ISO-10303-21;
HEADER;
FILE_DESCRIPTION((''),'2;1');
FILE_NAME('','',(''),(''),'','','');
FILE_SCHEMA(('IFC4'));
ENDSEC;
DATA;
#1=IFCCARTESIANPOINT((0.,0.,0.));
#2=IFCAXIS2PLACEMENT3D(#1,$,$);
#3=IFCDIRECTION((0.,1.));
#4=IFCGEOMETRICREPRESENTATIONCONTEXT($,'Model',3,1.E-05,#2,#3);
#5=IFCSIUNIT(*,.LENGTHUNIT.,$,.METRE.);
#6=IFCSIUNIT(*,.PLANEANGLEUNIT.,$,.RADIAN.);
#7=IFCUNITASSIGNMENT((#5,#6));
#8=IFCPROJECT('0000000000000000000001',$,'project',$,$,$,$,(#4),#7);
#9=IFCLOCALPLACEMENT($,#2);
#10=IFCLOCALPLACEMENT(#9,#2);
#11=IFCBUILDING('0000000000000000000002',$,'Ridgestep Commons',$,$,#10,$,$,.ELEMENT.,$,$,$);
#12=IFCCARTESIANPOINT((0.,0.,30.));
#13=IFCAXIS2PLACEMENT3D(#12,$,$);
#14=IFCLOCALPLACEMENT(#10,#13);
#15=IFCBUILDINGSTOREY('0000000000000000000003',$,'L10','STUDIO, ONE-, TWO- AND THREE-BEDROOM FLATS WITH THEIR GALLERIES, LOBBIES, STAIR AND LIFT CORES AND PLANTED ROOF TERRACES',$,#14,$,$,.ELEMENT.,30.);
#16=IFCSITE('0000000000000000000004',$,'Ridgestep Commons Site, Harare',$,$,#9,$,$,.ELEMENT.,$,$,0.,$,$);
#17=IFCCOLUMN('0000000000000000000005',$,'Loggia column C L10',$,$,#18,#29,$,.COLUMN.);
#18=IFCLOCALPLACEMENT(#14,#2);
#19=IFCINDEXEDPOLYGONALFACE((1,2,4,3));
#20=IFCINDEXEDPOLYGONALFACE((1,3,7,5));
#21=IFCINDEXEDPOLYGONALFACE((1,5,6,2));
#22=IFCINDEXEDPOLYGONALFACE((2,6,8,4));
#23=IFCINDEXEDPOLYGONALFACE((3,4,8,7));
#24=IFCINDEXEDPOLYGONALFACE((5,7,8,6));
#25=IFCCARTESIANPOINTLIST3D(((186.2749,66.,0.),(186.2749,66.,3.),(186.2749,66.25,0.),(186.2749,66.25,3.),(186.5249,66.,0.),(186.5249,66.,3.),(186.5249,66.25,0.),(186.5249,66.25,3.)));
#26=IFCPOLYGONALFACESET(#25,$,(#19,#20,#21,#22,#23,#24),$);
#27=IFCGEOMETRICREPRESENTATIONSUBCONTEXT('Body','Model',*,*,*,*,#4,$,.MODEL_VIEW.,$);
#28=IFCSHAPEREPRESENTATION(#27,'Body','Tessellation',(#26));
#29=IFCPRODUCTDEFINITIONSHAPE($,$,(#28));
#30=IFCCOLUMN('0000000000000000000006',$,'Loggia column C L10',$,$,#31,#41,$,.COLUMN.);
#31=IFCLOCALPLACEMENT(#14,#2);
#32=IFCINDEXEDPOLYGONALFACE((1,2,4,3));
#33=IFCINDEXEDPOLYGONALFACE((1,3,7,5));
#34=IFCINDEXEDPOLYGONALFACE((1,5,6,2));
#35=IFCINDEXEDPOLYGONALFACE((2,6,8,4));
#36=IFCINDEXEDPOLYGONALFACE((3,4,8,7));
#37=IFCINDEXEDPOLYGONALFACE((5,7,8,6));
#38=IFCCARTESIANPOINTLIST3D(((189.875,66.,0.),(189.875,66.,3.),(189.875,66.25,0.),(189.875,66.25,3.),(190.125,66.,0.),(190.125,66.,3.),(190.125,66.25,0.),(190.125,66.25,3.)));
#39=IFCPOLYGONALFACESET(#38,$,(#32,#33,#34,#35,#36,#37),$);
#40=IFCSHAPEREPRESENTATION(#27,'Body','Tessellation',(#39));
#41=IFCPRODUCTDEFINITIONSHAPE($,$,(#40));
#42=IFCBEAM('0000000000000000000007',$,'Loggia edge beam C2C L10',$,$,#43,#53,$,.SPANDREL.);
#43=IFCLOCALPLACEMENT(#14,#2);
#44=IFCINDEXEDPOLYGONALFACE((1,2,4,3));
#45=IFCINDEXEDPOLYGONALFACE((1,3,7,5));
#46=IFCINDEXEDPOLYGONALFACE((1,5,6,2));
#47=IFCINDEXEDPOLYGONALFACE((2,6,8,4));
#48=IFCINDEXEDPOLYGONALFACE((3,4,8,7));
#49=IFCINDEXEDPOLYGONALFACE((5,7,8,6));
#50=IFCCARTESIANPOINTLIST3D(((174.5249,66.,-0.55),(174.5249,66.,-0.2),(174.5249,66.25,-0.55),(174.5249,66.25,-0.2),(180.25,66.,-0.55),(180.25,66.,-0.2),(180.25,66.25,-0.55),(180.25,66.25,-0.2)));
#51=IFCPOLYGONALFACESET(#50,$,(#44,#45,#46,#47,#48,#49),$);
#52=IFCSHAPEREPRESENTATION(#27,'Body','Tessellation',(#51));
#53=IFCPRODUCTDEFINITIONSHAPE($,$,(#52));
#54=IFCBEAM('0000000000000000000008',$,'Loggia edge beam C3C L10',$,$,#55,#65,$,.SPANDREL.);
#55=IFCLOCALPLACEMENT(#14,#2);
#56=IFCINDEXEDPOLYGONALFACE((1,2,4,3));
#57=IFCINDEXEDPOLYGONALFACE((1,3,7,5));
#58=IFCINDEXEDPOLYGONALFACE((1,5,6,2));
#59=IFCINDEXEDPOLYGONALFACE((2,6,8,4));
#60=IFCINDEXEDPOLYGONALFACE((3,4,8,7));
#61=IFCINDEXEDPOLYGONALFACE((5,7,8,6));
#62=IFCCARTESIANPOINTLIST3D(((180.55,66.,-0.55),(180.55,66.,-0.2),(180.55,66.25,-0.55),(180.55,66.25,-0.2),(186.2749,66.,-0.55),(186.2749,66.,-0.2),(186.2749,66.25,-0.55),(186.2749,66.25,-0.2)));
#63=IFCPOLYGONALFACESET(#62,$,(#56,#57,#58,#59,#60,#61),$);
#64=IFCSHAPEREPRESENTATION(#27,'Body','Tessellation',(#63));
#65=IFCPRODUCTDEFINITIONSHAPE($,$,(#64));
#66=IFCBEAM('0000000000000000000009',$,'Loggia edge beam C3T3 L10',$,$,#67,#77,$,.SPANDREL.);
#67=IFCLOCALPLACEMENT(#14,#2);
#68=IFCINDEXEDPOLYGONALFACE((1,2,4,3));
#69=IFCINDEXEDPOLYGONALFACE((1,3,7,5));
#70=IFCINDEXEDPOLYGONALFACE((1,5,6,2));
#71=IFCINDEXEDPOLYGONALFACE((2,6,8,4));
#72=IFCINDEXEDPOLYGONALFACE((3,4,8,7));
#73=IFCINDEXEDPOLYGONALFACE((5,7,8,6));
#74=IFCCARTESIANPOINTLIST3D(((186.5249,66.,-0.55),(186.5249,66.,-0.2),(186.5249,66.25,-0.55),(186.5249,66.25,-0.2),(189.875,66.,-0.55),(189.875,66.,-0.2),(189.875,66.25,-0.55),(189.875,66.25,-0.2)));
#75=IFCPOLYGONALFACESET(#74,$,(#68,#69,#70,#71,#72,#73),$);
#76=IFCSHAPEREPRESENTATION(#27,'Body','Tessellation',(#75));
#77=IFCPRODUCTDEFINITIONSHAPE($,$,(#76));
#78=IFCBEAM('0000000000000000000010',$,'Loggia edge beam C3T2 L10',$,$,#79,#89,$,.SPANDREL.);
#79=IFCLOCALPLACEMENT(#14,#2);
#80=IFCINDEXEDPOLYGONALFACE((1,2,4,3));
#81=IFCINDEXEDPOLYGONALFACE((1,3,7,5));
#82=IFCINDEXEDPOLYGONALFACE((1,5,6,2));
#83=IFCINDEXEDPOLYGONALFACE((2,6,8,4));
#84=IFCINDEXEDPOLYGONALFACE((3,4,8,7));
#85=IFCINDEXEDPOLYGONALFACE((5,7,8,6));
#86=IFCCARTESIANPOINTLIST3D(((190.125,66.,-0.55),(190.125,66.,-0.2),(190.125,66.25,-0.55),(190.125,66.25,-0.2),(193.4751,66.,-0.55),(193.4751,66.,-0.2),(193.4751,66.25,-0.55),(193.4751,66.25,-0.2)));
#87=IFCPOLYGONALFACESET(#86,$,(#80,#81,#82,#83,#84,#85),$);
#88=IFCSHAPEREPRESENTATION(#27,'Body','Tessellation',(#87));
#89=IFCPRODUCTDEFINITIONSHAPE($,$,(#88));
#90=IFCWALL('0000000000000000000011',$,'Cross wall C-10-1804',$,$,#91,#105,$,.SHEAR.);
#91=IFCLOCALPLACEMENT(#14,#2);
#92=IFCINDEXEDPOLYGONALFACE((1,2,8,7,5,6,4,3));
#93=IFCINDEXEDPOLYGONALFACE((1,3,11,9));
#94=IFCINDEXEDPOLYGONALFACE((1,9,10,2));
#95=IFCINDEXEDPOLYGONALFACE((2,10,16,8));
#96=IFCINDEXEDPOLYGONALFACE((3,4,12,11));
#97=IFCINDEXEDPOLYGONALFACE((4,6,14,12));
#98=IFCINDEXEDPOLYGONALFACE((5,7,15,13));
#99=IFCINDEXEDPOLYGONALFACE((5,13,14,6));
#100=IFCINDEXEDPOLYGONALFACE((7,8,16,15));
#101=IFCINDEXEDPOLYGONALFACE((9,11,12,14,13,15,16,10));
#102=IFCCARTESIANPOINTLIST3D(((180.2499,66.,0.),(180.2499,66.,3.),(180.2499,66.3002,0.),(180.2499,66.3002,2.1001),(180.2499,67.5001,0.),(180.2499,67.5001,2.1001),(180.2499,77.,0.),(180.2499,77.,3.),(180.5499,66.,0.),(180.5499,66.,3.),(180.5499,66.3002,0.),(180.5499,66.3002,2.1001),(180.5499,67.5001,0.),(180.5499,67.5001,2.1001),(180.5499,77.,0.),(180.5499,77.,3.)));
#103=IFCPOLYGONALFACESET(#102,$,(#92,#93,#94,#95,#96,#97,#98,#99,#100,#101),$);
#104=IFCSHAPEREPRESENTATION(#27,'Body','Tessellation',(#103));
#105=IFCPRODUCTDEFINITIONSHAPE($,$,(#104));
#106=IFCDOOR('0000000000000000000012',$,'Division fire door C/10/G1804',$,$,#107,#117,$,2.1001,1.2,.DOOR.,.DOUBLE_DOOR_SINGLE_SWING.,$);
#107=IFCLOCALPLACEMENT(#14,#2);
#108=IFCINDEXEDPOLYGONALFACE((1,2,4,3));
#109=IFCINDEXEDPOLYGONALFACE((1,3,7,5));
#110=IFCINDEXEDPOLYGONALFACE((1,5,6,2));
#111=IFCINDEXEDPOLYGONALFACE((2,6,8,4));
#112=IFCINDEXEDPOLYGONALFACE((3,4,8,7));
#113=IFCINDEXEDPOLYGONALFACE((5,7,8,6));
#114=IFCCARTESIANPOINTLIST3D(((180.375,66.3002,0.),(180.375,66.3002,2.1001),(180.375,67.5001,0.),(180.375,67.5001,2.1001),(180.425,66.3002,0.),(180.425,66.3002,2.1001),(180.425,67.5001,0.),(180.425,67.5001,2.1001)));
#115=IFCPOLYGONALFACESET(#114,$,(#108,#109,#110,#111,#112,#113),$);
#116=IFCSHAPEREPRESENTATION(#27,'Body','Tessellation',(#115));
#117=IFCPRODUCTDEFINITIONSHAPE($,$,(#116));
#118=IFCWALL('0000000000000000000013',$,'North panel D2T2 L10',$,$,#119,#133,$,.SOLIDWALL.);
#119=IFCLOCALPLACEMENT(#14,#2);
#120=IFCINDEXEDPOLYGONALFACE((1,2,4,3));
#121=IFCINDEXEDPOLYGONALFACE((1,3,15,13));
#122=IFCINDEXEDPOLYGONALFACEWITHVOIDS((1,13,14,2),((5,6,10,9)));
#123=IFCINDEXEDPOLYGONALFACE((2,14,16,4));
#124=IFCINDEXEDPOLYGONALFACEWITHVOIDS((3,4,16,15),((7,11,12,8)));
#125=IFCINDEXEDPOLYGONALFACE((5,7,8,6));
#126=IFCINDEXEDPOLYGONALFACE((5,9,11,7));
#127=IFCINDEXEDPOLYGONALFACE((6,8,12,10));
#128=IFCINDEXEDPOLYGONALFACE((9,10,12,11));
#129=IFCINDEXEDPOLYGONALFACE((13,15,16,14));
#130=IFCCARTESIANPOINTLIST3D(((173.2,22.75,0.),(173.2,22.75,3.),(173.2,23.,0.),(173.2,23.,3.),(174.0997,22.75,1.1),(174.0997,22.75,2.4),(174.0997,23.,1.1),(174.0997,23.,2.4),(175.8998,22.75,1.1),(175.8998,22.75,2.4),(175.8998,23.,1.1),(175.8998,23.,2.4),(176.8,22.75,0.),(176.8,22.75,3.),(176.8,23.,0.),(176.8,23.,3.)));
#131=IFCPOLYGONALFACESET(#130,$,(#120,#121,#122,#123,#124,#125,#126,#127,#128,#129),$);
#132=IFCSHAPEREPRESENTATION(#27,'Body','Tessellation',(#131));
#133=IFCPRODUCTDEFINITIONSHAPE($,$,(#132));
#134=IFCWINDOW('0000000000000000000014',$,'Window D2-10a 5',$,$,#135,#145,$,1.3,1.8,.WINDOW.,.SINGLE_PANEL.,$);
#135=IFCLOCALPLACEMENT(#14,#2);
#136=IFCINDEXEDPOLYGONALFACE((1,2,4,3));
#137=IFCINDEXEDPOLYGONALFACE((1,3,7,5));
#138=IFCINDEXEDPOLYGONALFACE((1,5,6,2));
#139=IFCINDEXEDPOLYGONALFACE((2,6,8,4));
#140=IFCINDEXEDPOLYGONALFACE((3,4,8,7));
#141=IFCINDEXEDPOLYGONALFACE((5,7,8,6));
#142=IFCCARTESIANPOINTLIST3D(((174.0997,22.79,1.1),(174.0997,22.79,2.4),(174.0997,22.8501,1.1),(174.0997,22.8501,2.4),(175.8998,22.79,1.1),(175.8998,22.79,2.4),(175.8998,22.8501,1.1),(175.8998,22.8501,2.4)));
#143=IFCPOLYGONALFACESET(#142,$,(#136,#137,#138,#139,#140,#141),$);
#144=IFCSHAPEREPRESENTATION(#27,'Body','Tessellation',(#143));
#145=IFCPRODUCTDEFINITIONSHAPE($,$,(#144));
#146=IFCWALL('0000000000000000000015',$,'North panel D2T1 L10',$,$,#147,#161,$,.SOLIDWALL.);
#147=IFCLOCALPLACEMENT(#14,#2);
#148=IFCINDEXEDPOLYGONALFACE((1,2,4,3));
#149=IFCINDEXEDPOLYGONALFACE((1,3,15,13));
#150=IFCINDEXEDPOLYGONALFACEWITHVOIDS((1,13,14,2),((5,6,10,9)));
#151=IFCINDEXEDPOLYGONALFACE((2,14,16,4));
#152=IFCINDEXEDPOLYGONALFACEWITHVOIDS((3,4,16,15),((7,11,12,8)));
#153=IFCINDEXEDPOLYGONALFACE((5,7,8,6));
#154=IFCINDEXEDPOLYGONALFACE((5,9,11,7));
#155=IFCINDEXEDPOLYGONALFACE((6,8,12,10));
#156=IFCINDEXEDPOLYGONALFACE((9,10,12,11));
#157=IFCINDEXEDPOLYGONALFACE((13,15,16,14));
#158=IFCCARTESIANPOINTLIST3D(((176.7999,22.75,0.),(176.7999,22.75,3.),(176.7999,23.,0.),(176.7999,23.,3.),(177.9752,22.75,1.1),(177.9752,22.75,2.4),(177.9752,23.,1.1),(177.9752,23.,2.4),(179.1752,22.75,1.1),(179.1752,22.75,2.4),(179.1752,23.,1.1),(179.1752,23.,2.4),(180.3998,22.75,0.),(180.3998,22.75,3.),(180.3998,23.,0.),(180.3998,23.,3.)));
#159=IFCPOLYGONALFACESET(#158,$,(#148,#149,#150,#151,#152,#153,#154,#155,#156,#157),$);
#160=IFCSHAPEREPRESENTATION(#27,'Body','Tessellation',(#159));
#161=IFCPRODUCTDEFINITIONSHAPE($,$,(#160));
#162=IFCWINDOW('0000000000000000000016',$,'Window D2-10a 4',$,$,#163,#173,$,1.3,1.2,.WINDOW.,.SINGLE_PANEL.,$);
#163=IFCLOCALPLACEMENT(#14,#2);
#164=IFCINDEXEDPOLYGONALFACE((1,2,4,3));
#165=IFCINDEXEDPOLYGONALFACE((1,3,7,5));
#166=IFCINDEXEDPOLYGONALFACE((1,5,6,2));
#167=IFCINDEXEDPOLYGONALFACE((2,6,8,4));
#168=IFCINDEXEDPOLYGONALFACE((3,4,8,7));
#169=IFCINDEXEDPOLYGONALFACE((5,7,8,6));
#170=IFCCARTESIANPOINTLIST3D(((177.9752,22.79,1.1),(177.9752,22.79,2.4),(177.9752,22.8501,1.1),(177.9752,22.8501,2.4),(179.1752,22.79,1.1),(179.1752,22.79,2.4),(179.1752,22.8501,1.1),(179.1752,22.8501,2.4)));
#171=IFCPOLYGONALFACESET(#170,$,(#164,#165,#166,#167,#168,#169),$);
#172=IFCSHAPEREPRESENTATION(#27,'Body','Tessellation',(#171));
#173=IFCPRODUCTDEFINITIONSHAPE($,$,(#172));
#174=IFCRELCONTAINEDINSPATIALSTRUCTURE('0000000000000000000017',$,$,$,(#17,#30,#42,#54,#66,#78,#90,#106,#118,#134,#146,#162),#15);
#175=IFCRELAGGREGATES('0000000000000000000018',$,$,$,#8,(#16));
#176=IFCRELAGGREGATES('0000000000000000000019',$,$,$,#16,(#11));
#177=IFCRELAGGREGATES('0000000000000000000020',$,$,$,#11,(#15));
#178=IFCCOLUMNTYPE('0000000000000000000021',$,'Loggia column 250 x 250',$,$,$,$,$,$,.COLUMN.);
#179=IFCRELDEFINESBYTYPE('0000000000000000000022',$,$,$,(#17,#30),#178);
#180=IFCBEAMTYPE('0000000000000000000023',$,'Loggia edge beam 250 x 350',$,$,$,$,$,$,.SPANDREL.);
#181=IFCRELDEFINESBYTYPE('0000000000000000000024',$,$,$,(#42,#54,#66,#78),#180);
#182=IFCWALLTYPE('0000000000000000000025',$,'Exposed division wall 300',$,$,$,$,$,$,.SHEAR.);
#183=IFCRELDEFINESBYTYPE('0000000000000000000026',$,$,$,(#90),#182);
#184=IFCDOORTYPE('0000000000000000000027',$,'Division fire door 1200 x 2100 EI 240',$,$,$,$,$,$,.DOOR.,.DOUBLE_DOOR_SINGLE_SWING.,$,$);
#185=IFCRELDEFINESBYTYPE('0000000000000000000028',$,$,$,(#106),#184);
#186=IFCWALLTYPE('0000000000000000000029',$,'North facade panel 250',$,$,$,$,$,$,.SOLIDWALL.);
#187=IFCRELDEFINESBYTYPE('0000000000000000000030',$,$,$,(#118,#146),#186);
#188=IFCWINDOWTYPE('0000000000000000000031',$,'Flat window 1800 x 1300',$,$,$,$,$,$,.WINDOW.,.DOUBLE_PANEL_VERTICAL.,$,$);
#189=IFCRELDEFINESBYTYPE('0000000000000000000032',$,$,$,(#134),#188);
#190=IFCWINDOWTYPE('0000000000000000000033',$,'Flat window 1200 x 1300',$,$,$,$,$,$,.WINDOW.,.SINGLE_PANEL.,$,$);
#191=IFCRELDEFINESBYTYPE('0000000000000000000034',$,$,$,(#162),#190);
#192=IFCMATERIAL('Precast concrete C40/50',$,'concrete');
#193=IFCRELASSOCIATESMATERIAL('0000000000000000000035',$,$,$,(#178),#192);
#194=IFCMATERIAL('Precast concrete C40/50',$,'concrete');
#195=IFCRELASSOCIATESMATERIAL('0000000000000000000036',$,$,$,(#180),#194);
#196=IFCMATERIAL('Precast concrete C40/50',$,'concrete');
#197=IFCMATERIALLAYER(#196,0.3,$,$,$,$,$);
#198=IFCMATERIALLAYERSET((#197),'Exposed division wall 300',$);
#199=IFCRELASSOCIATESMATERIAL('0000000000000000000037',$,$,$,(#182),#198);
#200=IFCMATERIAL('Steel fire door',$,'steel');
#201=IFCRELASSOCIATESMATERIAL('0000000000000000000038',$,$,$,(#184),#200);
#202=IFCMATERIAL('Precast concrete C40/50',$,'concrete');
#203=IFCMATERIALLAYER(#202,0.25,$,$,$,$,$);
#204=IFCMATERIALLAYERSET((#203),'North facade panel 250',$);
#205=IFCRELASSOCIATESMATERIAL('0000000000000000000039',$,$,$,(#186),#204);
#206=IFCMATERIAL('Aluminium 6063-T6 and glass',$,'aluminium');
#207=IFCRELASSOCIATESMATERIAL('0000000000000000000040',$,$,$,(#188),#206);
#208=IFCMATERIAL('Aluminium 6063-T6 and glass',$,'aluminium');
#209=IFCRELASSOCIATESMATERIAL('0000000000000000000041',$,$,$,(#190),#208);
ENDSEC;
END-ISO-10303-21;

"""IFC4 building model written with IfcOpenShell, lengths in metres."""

from ifc_helpers import new_model, si_unit, direction, frame, frame_2d, origin, origin_2d, place, context, subcontext, project, spatial, rectangle, extrude, material, layer, layer_set, material_profile, profile_set, type_object, element, fill, save


model = new_model("IFC4")

# Units and contexts
model_context = context("Model", 3, precision=1e-05, world=origin(), true_north=direction((0.0, 1.0)))
body_context = subcontext(model_context, "Body", "Model", "MODEL_VIEW")
ifc_project = project(units=[si_unit("LENGTHUNIT", "METRE"), si_unit("PLANEANGLEUNIT", "RADIAN")], contexts=[model_context])

# Site, building, storey
site_placement = place(None, origin())
site = spatial("IfcSite", under=ifc_project, at=site_placement, Name="Ridgestep Commons Site, Harare", CompositionType="ELEMENT", RefElevation=0.0)
building_placement = place(site_placement, origin())
building = spatial("IfcBuilding", under=site, at=building_placement, Name="Ridgestep Commons", CompositionType="ELEMENT")
storey_placement = place(building_placement, frame((0.0, 0.0, 30.0)))
storey = spatial("IfcBuildingStorey", under=building, at=storey_placement, Name="L10", Description="STUDIO, ONE-, TWO- AND THREE-BEDROOM FLATS WITH THEIR GALLERIES, LOBBIES, STAIR AND LIFT CORES AND PLANTED ROOF TERRACES", CompositionType="ELEMENT", Elevation=30.0)

# Columns
ifc_material_1 = material(Name="Precast concrete C40/50", Category="concrete")
ifc_material_profile_1 = material_profile(ifc_material_1, rectangle(XDim=0.25, YDim=0.25, at=origin_2d()), Name="PC 250x250")
ifc_profile_set_1 = profile_set([ifc_material_profile_1], Name="Precast concrete C40/50")
column_type = type_object("IfcColumnType", Name="Loggia column 250 x 250", PredefinedType="COLUMN", material=ifc_profile_set_1)
for number, where, z_axis, x_axis, name in (
    (1, (186.3999, 66.125, 0.0), (0.0, 0.0, 1.0), (1.0, 0.0, 0.0), "Loggia column C L10"),
    (2, (190.0, 66.125, 0.0), (0.0, 0.0, 1.0), (1.0, 0.0, 0.0), "Loggia column C L10"),
):
    element("IfcColumn", number, at=place(storey_placement, frame(where, z_axis=z_axis, x_axis=x_axis)), inside=storey, type_object=column_type, Name=name, PredefinedType="COLUMN", context=body_context, shape_type="SweptSolid", body=[
        extrude(rectangle(XDim=0.25, YDim=0.25, at=origin_2d()), origin(), (0.0, 0.0, 1.0), 3.0),
    ])

# Beams
ifc_material_2 = material(Name="Precast concrete C40/50", Category="concrete")
ifc_material_profile_2 = material_profile(ifc_material_2, rectangle(XDim=0.25, YDim=0.3501, at=origin_2d()), Name="PC 250x350")
ifc_profile_set_2 = profile_set([ifc_material_profile_2], Name="Precast concrete C40/50")
beam_type = type_object("IfcBeamType", Name="Loggia edge beam 250 x 350", PredefinedType="SPANDREL", material=ifc_profile_set_2)
beam_1_placement = place(storey_placement, frame((174.5249, 66.125, -0.375), z_axis=(1.0, 0.0, 0.0), x_axis=(0.0, 1.0, 0.0)))
element("IfcBeam", 3, at=beam_1_placement, inside=storey, type_object=beam_type, Name="Loggia edge beam C2C L10", PredefinedType="SPANDREL", context=body_context, shape_type="SweptSolid", body=[
    extrude(rectangle(XDim=0.25, YDim=0.3501, at=origin_2d()), origin(), (0.0, 0.0, 1.0), 5.7251),
])
beam_2_placement = place(storey_placement, frame((180.55, 66.125, -0.375), z_axis=(1.0, 0.0, 0.0), x_axis=(0.0, 1.0, 0.0)))
element("IfcBeam", 4, at=beam_2_placement, inside=storey, type_object=beam_type, Name="Loggia edge beam C3C L10", PredefinedType="SPANDREL", context=body_context, shape_type="SweptSolid", body=[
    extrude(rectangle(XDim=0.25, YDim=0.3501, at=origin_2d()), origin(), (0.0, 0.0, 1.0), 5.7249),
])
for number, where, z_axis, x_axis, name in (
    (5, (186.5249, 66.125, -0.375), (1.0, 0.0, 0.0), (0.0, 1.0, 0.0), "Loggia edge beam C3T3 L10"),
    (6, (190.125, 66.125, -0.375), (1.0, 0.0, 0.0), (0.0, 1.0, 0.0), "Loggia edge beam C3T2 L10"),
):
    element("IfcBeam", number, at=place(storey_placement, frame(where, z_axis=z_axis, x_axis=x_axis)), inside=storey, type_object=beam_type, Name=name, PredefinedType="SPANDREL", context=body_context, shape_type="SweptSolid", body=[
        extrude(rectangle(XDim=0.25, YDim=0.3501, at=origin_2d()), origin(), (0.0, 0.0, 1.0), 3.3501),
    ])

# Wall, opening, door
ifc_material_3 = material(Name="Precast concrete C40/50", Category="concrete")
ifc_layer_1 = layer(ifc_material_3, 0.3)
ifc_layer_set_1 = layer_set([ifc_layer_1], Name="Exposed division wall 300")
wall_type_1 = type_object("IfcWallType", Name="Exposed division wall 300", PredefinedType="SHEAR", material=ifc_layer_set_1)
wall_1_placement = place(storey_placement, frame((180.3999, 66.0, 0.0), z_axis=(0.0, 0.0, 1.0), x_axis=(0.0, 1.0, 0.0)))
wall_1 = element("IfcWall", 7, at=wall_1_placement, inside=storey, type_object=wall_type_1, Name="Cross wall C-10-1804", PredefinedType="SHEAR", context=body_context, shape_type="SweptSolid", body=[
    extrude(rectangle(XDim=11.0, YDim=0.3, at=frame_2d((5.5, 0.0))), origin(), (0.0, 0.0, 1.0), 3.0),
])
opening_1_placement = place(wall_1_placement, frame((0.3, 0.0, 0.0)))
opening_1 = element("IfcOpeningElement", 8, at=opening_1_placement, cuts=wall_1, PredefinedType="OPENING", context=body_context, shape_type="SweptSolid", body=[
    extrude(rectangle(XDim=1.2, YDim=2.1001, at=frame_2d((0.6001, 1.05))), frame((0.0, 0.1599, 0.0), z_axis=(0.0, -1.0, 0.0), x_axis=(1.0, 0.0, 0.0)), (0.0, 0.0, 1.0), 0.3201),
])
ifc_material_4 = material(Name="Steel fire door", Category="steel")
door_type_1 = type_object("IfcDoorType", Name="Division fire door 1200 x 2100 EI 240", OperationType="DOUBLE_DOOR_SINGLE_SWING", PredefinedType="DOOR", material=ifc_material_4)
door_1_placement = place(opening_1_placement, origin())
door_1 = element("IfcDoor", 9, at=door_1_placement, inside=storey, type_object=door_type_1, Name="Division fire door C/10/G1804", OperationType="DOUBLE_DOOR_SINGLE_SWING", OverallHeight=2.1001, OverallWidth=1.2, PredefinedType="DOOR", context=body_context, shape_type="SweptSolid", body=[
    extrude(rectangle(XDim=1.2, YDim=2.1001, at=frame_2d((0.6001, 1.05))), frame((0.0, 0.0249, 0.0), z_axis=(0.0, -1.0, 0.0), x_axis=(1.0, 0.0, 0.0)), (0.0, 0.0, 1.0), 0.05),
])
fill(opening_1, door_1)

# Walls, openings, windows
ifc_material_5 = material(Name="Precast concrete C40/50", Category="concrete")
ifc_layer_2 = layer(ifc_material_5, 0.25)
ifc_layer_set_2 = layer_set([ifc_layer_2], Name="North facade panel 250")
wall_type_2 = type_object("IfcWallType", Name="North facade panel 250", PredefinedType="SOLIDWALL", material=ifc_layer_set_2)
wall_2_placement = place(storey_placement, frame((173.2, 22.875, 0.0), z_axis=(0.0, 0.0, 1.0), x_axis=(1.0, 0.0, 0.0)))
wall_2 = element("IfcWall", 10, at=wall_2_placement, inside=storey, type_object=wall_type_2, Name="North panel D2T2 L10", PredefinedType="SOLIDWALL", context=body_context, shape_type="SweptSolid", body=[
    extrude(rectangle(XDim=3.6001, YDim=0.25, at=frame_2d((1.8, 0.0))), origin(), (0.0, 0.0, 1.0), 3.0),
])
opening_2_placement = place(wall_2_placement, frame((0.8999, 0.0, 1.1001)))
opening_2 = element("IfcOpeningElement", 11, at=opening_2_placement, cuts=wall_2, PredefinedType="OPENING", context=body_context, shape_type="SweptSolid", body=[
    extrude(rectangle(XDim=1.8, YDim=1.3, at=frame_2d((0.8999, 0.6499))), frame((0.0, 0.135, 0.0), z_axis=(0.0, -1.0, 0.0), x_axis=(1.0, 0.0, 0.0)), (0.0, 0.0, 1.0), 0.27),
])
ifc_material_6 = material(Name="Aluminium 6063-T6 and glass", Category="aluminium")
window_type_1 = type_object("IfcWindowType", Name="Flat window 1800 x 1300", PartitioningType="DOUBLE_PANEL_VERTICAL", PredefinedType="WINDOW", material=ifc_material_6)
window_1_placement = place(opening_2_placement, origin())
window_1 = element("IfcWindow", 12, at=window_1_placement, inside=storey, type_object=window_type_1, Name="Window D2-10a 5", OverallHeight=1.3, OverallWidth=1.8, PartitioningType="SINGLE_PANEL", PredefinedType="WINDOW", context=body_context, shape_type="SweptSolid", body=[
    extrude(rectangle(XDim=1.8, YDim=1.3, at=frame_2d((0.8999, 0.6499))), frame((0.0, -0.0249, 0.0), z_axis=(0.0, -1.0, 0.0), x_axis=(1.0, 0.0, 0.0)), (0.0, 0.0, 1.0), 0.0601),
])
fill(opening_2, window_1)
wall_3_placement = place(storey_placement, frame((176.8, 22.875, 0.0), z_axis=(0.0, 0.0, 1.0), x_axis=(1.0, 0.0, 0.0)))
wall_3 = element("IfcWall", 13, at=wall_3_placement, inside=storey, type_object=wall_type_2, Name="North panel D2T1 L10", PredefinedType="SOLIDWALL", context=body_context, shape_type="SweptSolid", body=[
    extrude(rectangle(XDim=3.5999, YDim=0.25, at=frame_2d((1.7998, 0.0))), origin(), (0.0, 0.0, 1.0), 3.0),
])
opening_3_placement = place(wall_3_placement, frame((1.175, 0.0, 1.1001)))
opening_3 = element("IfcOpeningElement", 14, at=opening_3_placement, cuts=wall_3, PredefinedType="OPENING", context=body_context, shape_type="SweptSolid", body=[
    extrude(rectangle(XDim=1.2, YDim=1.3, at=frame_2d((0.6001, 0.6499))), frame((0.0, 0.135, 0.0), z_axis=(0.0, -1.0, 0.0), x_axis=(1.0, 0.0, 0.0)), (0.0, 0.0, 1.0), 0.27),
])
ifc_material_7 = material(Name="Aluminium 6063-T6 and glass", Category="aluminium")
window_type_2 = type_object("IfcWindowType", Name="Flat window 1200 x 1300", PartitioningType="SINGLE_PANEL", PredefinedType="WINDOW", material=ifc_material_7)
window_2_placement = place(opening_3_placement, origin())
window_2 = element("IfcWindow", 15, at=window_2_placement, inside=storey, type_object=window_type_2, Name="Window D2-10a 4", OverallHeight=1.3, OverallWidth=1.2, PartitioningType="SINGLE_PANEL", PredefinedType="WINDOW", context=body_context, shape_type="SweptSolid", body=[
    extrude(rectangle(XDim=1.2, YDim=1.3, at=frame_2d((0.6001, 0.6499))), frame((0.0, -0.0249, 0.0), z_axis=(0.0, -1.0, 0.0), x_axis=(1.0, 0.0, 0.0)), (0.0, 0.0, 1.0), 0.0601),
])
fill(opening_3, window_2)

save(model, "model.ifc")
